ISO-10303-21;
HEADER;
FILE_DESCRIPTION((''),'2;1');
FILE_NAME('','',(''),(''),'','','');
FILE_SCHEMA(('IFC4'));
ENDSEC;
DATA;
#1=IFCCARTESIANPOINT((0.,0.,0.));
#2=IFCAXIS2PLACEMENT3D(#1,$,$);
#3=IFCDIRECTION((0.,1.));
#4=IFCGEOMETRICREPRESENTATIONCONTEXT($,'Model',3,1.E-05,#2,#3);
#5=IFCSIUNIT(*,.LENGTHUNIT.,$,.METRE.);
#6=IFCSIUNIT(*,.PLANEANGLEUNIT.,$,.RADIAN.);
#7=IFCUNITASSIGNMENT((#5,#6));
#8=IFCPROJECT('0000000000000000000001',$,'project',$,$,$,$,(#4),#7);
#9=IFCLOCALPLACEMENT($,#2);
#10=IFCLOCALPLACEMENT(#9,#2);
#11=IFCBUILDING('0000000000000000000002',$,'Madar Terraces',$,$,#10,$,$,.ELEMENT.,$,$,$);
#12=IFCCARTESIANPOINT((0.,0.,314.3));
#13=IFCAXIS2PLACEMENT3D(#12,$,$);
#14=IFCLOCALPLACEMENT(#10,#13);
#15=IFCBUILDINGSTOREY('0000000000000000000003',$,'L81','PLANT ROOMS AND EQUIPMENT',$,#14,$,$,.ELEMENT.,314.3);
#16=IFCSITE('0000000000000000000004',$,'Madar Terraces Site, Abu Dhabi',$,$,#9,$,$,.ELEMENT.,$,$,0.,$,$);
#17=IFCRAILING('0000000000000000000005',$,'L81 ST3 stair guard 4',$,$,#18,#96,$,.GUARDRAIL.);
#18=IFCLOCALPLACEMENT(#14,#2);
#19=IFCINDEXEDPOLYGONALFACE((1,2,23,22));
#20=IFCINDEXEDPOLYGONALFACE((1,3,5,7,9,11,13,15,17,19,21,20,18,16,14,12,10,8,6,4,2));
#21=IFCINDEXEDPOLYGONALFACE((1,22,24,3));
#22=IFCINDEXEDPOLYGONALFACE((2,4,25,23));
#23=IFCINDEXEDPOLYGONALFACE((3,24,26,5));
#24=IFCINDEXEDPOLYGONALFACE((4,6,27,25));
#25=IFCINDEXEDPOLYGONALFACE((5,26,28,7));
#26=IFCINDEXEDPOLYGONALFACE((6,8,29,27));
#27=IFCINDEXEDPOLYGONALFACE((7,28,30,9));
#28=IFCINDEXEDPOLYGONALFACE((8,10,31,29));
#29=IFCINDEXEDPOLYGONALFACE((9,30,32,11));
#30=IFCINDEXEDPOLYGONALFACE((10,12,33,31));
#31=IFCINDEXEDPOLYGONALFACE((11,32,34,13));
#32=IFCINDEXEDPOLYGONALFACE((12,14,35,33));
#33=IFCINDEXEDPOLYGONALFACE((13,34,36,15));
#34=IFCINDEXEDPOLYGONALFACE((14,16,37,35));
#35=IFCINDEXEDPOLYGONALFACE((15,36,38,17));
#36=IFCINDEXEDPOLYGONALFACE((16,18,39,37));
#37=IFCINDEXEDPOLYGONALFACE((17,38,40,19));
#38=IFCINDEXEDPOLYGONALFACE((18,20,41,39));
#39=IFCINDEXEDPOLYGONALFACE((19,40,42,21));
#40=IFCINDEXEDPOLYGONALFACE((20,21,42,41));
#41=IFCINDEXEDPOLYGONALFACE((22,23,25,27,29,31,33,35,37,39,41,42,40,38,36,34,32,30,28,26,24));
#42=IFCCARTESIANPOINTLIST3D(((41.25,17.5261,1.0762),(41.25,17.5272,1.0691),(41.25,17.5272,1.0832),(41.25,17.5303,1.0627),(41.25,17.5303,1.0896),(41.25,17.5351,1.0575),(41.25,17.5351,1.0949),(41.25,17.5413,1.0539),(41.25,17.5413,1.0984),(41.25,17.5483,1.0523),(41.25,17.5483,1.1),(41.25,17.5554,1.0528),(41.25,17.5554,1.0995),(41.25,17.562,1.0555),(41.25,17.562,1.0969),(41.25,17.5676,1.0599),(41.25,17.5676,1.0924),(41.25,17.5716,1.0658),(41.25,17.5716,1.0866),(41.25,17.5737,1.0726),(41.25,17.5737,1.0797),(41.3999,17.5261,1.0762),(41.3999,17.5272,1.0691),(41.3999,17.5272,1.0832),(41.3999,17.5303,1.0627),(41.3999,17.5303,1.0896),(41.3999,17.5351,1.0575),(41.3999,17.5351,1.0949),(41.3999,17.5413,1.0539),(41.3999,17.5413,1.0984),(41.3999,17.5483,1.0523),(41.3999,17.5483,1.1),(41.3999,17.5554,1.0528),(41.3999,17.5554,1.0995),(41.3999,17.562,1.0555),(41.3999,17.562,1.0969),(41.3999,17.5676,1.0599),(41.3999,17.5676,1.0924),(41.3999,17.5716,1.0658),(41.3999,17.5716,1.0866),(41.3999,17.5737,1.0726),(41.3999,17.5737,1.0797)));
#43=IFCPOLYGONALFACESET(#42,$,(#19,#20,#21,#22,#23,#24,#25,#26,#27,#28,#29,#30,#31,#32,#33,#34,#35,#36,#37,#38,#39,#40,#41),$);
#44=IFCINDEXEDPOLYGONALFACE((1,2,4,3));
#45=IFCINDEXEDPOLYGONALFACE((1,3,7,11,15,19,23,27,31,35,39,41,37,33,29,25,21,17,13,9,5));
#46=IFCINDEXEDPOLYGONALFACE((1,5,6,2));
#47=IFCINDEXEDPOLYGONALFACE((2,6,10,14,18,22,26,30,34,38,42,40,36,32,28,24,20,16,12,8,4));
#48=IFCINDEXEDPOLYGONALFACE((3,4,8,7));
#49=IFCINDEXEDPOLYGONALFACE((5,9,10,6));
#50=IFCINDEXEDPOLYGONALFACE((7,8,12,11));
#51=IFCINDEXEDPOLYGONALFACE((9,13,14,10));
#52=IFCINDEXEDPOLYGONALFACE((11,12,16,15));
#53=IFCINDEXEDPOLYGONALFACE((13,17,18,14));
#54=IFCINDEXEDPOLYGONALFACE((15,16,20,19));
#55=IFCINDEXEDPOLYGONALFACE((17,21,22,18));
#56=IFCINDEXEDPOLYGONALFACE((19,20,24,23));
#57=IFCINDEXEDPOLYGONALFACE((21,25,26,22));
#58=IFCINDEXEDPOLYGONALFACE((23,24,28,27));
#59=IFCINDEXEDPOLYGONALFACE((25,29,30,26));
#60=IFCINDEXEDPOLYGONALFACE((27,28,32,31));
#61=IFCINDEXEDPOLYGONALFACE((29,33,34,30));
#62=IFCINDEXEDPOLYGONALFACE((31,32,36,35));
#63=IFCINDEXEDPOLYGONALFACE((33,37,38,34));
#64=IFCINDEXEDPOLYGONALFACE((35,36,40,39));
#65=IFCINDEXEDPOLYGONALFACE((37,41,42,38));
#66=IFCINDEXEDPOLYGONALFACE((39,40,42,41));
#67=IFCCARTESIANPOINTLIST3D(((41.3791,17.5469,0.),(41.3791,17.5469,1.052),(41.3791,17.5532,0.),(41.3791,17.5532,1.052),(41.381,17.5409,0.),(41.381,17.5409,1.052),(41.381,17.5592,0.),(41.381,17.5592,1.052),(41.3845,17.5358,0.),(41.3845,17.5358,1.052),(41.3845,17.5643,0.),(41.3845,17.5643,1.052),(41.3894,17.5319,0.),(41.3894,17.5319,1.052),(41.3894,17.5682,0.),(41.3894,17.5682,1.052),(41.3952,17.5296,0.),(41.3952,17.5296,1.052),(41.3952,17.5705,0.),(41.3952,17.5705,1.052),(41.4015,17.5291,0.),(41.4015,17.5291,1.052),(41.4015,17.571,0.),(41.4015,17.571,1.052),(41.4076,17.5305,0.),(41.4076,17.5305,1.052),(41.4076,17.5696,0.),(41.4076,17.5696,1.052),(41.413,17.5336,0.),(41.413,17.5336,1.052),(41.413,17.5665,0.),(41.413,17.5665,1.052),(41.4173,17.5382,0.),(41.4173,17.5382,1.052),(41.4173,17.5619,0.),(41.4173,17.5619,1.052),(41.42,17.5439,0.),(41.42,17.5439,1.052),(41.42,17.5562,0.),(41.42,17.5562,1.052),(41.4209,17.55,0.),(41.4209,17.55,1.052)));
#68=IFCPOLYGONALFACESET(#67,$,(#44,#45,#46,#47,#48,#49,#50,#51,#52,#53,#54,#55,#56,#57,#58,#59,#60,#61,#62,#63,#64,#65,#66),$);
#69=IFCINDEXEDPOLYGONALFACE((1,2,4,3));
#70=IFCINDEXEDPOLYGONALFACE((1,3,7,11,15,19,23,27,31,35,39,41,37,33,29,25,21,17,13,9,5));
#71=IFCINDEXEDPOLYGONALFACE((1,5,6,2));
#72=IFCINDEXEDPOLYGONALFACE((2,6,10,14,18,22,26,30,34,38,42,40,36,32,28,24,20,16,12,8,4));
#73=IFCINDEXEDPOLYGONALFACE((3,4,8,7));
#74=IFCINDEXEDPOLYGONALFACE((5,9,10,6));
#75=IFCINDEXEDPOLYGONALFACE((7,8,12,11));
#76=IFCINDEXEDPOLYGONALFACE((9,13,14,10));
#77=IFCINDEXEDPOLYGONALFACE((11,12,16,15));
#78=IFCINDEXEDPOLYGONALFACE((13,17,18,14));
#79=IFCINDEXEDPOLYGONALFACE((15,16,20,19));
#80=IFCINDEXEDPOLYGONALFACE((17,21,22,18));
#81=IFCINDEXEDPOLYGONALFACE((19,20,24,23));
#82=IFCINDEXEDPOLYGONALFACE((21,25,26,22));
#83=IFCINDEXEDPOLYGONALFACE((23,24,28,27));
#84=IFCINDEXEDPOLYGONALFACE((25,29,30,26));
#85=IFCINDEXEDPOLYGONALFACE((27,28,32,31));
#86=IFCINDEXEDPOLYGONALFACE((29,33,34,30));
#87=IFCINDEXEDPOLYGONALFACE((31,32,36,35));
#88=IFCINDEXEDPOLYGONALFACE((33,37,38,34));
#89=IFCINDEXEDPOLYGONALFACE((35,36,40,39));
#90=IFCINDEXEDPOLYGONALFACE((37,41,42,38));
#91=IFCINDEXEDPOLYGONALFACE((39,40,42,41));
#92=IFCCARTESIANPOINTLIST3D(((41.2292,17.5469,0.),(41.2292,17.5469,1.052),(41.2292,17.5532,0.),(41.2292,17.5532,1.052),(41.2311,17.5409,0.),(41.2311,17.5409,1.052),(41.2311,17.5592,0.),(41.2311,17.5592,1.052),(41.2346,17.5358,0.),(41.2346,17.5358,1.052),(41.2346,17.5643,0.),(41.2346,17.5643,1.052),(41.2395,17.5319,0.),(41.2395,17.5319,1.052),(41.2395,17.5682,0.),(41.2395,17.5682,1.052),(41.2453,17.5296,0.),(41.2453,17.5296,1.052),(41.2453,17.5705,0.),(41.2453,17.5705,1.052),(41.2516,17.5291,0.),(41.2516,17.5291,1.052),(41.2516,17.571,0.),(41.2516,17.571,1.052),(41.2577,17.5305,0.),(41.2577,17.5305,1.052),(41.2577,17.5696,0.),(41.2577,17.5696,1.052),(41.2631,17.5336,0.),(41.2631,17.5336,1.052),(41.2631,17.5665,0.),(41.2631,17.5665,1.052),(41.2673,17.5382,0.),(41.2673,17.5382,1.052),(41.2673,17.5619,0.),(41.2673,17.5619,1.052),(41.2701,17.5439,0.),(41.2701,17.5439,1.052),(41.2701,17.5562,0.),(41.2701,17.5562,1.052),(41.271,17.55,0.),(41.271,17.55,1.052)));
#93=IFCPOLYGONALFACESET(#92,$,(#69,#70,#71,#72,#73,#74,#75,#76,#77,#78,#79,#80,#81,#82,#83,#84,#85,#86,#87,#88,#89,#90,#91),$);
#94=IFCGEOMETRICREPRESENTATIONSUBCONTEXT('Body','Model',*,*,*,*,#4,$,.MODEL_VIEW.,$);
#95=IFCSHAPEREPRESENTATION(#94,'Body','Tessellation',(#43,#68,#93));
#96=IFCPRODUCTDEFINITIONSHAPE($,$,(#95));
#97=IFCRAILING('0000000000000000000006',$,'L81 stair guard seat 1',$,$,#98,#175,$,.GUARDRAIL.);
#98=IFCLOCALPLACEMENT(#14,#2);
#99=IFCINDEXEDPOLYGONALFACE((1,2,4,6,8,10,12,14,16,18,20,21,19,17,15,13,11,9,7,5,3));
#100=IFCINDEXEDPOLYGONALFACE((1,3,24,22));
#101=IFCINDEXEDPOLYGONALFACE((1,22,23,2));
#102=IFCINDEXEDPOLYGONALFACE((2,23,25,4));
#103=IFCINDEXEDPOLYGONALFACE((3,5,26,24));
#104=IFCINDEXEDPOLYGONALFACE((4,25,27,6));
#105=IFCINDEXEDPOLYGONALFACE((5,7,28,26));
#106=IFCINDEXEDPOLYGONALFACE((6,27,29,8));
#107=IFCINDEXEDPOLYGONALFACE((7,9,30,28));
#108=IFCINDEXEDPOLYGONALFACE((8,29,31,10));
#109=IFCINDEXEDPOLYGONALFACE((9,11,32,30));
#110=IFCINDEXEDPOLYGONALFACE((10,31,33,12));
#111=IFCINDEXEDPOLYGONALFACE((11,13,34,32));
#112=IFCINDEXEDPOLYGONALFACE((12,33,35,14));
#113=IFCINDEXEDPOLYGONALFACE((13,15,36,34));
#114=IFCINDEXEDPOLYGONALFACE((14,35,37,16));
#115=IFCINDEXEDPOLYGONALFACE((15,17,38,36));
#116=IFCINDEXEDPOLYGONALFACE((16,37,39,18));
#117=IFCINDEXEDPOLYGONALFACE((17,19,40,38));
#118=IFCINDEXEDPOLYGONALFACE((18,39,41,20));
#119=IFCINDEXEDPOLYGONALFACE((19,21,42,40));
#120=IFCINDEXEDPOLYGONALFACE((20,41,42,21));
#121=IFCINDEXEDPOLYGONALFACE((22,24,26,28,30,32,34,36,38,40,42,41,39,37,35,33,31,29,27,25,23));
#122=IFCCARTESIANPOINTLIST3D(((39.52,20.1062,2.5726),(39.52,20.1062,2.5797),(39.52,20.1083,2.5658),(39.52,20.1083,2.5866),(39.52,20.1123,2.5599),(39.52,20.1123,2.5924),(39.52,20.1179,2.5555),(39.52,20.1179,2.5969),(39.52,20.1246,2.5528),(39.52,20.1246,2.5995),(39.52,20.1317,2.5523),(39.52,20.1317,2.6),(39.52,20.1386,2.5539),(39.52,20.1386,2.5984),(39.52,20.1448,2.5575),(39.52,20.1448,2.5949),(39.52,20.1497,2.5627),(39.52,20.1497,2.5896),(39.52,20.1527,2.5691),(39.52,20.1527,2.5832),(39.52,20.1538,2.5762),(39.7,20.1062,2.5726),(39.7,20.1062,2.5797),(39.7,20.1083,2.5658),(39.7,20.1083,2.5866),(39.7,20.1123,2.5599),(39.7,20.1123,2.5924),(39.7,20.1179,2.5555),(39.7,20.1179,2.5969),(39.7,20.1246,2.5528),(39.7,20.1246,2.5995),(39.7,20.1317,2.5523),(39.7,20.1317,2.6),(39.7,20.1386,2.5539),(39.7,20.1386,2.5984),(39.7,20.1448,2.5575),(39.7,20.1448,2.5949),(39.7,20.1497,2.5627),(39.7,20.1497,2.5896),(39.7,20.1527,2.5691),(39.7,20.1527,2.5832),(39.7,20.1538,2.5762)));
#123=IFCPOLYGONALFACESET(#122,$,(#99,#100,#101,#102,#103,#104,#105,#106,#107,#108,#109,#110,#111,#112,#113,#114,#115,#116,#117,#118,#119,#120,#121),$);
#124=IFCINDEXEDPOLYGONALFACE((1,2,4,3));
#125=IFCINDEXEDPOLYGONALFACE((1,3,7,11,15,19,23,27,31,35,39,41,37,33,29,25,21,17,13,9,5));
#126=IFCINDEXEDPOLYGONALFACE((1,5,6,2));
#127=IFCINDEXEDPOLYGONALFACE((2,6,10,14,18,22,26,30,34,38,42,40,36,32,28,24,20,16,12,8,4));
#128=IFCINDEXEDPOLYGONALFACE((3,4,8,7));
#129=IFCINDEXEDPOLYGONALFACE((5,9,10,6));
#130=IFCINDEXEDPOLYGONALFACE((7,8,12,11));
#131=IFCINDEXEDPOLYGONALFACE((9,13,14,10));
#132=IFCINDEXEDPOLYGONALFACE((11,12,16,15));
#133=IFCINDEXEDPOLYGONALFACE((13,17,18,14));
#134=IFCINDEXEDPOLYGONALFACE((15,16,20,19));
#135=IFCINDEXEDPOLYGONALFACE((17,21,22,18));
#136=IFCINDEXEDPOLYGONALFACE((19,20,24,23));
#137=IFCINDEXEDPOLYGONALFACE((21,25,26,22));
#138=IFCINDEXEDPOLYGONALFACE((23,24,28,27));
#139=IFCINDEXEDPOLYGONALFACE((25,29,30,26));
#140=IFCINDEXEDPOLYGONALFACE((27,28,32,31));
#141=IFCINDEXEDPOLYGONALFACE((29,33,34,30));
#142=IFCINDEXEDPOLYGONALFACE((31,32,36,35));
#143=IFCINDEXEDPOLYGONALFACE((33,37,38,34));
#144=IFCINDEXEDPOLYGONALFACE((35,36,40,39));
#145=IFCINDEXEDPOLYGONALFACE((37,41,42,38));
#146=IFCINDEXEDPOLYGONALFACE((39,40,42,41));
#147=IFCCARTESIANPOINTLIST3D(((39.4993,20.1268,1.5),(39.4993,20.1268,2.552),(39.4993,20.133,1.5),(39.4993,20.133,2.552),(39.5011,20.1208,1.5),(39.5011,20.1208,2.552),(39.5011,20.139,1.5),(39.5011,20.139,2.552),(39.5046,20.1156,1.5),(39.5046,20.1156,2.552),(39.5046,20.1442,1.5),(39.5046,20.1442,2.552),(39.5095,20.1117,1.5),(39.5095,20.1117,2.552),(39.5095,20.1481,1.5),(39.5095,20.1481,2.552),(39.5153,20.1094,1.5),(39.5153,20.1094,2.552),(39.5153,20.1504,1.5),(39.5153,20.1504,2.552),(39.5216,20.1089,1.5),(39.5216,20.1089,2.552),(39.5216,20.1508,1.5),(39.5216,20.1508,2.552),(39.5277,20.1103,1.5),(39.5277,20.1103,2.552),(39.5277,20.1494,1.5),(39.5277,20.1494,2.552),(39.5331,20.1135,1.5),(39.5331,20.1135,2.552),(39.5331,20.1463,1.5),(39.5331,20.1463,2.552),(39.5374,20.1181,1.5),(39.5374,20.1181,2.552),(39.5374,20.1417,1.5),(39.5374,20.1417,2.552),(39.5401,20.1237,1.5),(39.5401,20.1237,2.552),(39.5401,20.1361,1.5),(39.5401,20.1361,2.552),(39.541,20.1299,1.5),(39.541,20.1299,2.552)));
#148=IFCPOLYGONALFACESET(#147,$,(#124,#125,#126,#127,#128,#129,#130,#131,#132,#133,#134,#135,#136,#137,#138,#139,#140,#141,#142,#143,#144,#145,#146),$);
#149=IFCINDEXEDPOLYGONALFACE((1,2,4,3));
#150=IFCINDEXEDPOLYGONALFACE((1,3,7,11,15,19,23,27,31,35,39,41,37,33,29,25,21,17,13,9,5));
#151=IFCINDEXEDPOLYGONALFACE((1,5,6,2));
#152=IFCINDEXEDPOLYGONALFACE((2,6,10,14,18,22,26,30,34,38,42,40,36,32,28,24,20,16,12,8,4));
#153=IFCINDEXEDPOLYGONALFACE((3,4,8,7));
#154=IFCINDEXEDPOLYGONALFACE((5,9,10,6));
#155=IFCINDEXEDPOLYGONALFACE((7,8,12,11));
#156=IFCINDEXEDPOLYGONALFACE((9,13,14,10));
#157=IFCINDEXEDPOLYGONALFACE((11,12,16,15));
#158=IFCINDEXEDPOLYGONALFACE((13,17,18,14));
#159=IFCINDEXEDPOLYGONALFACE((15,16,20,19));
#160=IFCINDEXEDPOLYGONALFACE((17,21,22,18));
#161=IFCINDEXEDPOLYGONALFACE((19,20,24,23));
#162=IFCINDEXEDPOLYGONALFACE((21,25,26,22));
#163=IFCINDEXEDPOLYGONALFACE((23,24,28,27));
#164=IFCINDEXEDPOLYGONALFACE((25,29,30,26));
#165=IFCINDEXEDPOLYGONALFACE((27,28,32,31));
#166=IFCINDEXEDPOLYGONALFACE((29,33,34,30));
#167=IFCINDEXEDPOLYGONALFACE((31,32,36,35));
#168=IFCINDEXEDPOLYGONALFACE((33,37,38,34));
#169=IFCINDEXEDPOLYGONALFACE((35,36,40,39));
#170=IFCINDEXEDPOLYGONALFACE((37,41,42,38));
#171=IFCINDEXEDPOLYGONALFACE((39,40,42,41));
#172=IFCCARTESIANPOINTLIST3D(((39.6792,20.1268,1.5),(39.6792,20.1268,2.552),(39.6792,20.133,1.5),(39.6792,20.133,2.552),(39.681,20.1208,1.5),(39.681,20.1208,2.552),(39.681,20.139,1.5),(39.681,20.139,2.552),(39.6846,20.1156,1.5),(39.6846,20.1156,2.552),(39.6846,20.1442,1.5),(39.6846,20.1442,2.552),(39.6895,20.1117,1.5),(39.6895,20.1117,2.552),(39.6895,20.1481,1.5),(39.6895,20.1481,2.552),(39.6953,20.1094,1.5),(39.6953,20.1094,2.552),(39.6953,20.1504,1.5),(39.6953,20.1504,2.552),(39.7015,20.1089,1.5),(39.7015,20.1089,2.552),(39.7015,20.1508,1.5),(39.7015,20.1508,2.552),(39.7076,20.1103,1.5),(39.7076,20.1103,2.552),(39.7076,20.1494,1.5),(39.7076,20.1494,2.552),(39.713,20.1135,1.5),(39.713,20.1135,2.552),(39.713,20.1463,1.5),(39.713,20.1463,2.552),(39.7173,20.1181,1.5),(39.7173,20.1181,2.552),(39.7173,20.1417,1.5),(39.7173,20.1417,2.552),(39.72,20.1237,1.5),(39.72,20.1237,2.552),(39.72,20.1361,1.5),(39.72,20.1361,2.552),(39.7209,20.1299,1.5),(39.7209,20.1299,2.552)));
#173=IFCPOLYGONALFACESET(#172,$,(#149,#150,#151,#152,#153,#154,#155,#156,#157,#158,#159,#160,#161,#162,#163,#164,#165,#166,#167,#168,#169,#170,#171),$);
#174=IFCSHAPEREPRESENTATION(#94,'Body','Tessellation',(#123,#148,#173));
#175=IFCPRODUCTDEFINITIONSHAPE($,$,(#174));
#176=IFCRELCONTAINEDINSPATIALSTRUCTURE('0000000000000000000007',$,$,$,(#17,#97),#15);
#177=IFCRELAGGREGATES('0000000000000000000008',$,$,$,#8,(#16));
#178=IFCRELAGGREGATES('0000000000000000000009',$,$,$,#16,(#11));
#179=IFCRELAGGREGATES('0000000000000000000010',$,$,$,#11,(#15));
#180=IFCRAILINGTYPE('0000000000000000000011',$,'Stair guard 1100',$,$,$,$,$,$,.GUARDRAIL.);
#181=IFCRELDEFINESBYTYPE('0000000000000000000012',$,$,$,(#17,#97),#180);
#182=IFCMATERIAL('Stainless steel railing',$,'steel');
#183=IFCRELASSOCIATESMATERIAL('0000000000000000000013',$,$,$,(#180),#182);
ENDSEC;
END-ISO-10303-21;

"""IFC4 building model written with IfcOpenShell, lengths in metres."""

from ifc_helpers import new_model, si_unit, direction, frame, origin, origin_2d, place, context, subcontext, project, spatial, circle, extrude, material, type_object, element, save


model = new_model("IFC4")

# Units and contexts
model_context = context("Model", 3, precision=1e-05, world=origin(), true_north=direction((0.0, 1.0)))
body_context = subcontext(model_context, "Body", "Model", "MODEL_VIEW")
ifc_project = project(units=[si_unit("LENGTHUNIT", "METRE"), si_unit("PLANEANGLEUNIT", "RADIAN")], contexts=[model_context])

# Site, building, storey
site_placement = place(None, origin())
site = spatial("IfcSite", under=ifc_project, at=site_placement, Name="Madar Terraces Site, Abu Dhabi", CompositionType="ELEMENT", RefElevation=0.0)
building_placement = place(site_placement, origin())
building = spatial("IfcBuilding", under=site, at=building_placement, Name="Madar Terraces", CompositionType="ELEMENT")
storey_placement = place(building_placement, frame((0.0, 0.0, 314.3)))
storey = spatial("IfcBuildingStorey", under=building, at=storey_placement, Name="L81", Description="PLANT ROOMS AND EQUIPMENT", CompositionType="ELEMENT", Elevation=314.3)

# Railings
ifc_material_1 = material(Name="Stainless steel railing", Category="steel")
railing_type_1 = type_object("IfcRailingType", Name="Stair guard 1100", PredefinedType="GUARDRAIL", material=ifc_material_1)
railing_1_placement = place(storey_placement, frame((41.3999, 17.55, 0.0)))
element("IfcRailing", 1, at=railing_1_placement, inside=storey, type_object=railing_type_1, Name="L81 ST3 stair guard 4", PredefinedType="GUARDRAIL", context=body_context, shape_type="SweptSolid", body=[
    extrude(circle(Radius=0.0239, at=origin_2d()), frame((0.0, 0.0, 1.0762), z_axis=(-1.0, 0.0, 0.0), x_axis=(0.0, -1.0, 0.0)), (0.0, 0.0, 1.0), 0.1499),
    extrude(circle(Radius=0.021, at=origin_2d()), origin(), (0.0, 0.0, 1.0), 1.052),
    extrude(circle(Radius=0.021, at=origin_2d()), frame((-0.1499, 0.0, 0.0)), (0.0, 0.0, 1.0), 1.052),
])
for number, where, name in (
    (2, (39.52, 20.1299, 1.5), "L81 stair guard seat 1"),
):
    element("IfcRailing", number, at=place(storey_placement, frame(where)), inside=storey, type_object=railing_type_1, Name=name, PredefinedType="GUARDRAIL", context=body_context, shape_type="SweptSolid", body=[
        extrude(circle(Radius=0.0239, at=origin_2d()), frame((0.0, 0.0, 1.0762), z_axis=(1.0, 0.0, 0.0), x_axis=(0.0, 1.0, 0.0)), (0.0, 0.0, 1.0), 0.1799),
        extrude(circle(Radius=0.021, at=origin_2d()), origin(), (0.0, 0.0, 1.0), 1.052),
        extrude(circle(Radius=0.021, at=origin_2d()), frame((0.1799, 0.0, 0.0)), (0.0, 0.0, 1.0), 1.052),
    ])

save(model, "model.ifc")
